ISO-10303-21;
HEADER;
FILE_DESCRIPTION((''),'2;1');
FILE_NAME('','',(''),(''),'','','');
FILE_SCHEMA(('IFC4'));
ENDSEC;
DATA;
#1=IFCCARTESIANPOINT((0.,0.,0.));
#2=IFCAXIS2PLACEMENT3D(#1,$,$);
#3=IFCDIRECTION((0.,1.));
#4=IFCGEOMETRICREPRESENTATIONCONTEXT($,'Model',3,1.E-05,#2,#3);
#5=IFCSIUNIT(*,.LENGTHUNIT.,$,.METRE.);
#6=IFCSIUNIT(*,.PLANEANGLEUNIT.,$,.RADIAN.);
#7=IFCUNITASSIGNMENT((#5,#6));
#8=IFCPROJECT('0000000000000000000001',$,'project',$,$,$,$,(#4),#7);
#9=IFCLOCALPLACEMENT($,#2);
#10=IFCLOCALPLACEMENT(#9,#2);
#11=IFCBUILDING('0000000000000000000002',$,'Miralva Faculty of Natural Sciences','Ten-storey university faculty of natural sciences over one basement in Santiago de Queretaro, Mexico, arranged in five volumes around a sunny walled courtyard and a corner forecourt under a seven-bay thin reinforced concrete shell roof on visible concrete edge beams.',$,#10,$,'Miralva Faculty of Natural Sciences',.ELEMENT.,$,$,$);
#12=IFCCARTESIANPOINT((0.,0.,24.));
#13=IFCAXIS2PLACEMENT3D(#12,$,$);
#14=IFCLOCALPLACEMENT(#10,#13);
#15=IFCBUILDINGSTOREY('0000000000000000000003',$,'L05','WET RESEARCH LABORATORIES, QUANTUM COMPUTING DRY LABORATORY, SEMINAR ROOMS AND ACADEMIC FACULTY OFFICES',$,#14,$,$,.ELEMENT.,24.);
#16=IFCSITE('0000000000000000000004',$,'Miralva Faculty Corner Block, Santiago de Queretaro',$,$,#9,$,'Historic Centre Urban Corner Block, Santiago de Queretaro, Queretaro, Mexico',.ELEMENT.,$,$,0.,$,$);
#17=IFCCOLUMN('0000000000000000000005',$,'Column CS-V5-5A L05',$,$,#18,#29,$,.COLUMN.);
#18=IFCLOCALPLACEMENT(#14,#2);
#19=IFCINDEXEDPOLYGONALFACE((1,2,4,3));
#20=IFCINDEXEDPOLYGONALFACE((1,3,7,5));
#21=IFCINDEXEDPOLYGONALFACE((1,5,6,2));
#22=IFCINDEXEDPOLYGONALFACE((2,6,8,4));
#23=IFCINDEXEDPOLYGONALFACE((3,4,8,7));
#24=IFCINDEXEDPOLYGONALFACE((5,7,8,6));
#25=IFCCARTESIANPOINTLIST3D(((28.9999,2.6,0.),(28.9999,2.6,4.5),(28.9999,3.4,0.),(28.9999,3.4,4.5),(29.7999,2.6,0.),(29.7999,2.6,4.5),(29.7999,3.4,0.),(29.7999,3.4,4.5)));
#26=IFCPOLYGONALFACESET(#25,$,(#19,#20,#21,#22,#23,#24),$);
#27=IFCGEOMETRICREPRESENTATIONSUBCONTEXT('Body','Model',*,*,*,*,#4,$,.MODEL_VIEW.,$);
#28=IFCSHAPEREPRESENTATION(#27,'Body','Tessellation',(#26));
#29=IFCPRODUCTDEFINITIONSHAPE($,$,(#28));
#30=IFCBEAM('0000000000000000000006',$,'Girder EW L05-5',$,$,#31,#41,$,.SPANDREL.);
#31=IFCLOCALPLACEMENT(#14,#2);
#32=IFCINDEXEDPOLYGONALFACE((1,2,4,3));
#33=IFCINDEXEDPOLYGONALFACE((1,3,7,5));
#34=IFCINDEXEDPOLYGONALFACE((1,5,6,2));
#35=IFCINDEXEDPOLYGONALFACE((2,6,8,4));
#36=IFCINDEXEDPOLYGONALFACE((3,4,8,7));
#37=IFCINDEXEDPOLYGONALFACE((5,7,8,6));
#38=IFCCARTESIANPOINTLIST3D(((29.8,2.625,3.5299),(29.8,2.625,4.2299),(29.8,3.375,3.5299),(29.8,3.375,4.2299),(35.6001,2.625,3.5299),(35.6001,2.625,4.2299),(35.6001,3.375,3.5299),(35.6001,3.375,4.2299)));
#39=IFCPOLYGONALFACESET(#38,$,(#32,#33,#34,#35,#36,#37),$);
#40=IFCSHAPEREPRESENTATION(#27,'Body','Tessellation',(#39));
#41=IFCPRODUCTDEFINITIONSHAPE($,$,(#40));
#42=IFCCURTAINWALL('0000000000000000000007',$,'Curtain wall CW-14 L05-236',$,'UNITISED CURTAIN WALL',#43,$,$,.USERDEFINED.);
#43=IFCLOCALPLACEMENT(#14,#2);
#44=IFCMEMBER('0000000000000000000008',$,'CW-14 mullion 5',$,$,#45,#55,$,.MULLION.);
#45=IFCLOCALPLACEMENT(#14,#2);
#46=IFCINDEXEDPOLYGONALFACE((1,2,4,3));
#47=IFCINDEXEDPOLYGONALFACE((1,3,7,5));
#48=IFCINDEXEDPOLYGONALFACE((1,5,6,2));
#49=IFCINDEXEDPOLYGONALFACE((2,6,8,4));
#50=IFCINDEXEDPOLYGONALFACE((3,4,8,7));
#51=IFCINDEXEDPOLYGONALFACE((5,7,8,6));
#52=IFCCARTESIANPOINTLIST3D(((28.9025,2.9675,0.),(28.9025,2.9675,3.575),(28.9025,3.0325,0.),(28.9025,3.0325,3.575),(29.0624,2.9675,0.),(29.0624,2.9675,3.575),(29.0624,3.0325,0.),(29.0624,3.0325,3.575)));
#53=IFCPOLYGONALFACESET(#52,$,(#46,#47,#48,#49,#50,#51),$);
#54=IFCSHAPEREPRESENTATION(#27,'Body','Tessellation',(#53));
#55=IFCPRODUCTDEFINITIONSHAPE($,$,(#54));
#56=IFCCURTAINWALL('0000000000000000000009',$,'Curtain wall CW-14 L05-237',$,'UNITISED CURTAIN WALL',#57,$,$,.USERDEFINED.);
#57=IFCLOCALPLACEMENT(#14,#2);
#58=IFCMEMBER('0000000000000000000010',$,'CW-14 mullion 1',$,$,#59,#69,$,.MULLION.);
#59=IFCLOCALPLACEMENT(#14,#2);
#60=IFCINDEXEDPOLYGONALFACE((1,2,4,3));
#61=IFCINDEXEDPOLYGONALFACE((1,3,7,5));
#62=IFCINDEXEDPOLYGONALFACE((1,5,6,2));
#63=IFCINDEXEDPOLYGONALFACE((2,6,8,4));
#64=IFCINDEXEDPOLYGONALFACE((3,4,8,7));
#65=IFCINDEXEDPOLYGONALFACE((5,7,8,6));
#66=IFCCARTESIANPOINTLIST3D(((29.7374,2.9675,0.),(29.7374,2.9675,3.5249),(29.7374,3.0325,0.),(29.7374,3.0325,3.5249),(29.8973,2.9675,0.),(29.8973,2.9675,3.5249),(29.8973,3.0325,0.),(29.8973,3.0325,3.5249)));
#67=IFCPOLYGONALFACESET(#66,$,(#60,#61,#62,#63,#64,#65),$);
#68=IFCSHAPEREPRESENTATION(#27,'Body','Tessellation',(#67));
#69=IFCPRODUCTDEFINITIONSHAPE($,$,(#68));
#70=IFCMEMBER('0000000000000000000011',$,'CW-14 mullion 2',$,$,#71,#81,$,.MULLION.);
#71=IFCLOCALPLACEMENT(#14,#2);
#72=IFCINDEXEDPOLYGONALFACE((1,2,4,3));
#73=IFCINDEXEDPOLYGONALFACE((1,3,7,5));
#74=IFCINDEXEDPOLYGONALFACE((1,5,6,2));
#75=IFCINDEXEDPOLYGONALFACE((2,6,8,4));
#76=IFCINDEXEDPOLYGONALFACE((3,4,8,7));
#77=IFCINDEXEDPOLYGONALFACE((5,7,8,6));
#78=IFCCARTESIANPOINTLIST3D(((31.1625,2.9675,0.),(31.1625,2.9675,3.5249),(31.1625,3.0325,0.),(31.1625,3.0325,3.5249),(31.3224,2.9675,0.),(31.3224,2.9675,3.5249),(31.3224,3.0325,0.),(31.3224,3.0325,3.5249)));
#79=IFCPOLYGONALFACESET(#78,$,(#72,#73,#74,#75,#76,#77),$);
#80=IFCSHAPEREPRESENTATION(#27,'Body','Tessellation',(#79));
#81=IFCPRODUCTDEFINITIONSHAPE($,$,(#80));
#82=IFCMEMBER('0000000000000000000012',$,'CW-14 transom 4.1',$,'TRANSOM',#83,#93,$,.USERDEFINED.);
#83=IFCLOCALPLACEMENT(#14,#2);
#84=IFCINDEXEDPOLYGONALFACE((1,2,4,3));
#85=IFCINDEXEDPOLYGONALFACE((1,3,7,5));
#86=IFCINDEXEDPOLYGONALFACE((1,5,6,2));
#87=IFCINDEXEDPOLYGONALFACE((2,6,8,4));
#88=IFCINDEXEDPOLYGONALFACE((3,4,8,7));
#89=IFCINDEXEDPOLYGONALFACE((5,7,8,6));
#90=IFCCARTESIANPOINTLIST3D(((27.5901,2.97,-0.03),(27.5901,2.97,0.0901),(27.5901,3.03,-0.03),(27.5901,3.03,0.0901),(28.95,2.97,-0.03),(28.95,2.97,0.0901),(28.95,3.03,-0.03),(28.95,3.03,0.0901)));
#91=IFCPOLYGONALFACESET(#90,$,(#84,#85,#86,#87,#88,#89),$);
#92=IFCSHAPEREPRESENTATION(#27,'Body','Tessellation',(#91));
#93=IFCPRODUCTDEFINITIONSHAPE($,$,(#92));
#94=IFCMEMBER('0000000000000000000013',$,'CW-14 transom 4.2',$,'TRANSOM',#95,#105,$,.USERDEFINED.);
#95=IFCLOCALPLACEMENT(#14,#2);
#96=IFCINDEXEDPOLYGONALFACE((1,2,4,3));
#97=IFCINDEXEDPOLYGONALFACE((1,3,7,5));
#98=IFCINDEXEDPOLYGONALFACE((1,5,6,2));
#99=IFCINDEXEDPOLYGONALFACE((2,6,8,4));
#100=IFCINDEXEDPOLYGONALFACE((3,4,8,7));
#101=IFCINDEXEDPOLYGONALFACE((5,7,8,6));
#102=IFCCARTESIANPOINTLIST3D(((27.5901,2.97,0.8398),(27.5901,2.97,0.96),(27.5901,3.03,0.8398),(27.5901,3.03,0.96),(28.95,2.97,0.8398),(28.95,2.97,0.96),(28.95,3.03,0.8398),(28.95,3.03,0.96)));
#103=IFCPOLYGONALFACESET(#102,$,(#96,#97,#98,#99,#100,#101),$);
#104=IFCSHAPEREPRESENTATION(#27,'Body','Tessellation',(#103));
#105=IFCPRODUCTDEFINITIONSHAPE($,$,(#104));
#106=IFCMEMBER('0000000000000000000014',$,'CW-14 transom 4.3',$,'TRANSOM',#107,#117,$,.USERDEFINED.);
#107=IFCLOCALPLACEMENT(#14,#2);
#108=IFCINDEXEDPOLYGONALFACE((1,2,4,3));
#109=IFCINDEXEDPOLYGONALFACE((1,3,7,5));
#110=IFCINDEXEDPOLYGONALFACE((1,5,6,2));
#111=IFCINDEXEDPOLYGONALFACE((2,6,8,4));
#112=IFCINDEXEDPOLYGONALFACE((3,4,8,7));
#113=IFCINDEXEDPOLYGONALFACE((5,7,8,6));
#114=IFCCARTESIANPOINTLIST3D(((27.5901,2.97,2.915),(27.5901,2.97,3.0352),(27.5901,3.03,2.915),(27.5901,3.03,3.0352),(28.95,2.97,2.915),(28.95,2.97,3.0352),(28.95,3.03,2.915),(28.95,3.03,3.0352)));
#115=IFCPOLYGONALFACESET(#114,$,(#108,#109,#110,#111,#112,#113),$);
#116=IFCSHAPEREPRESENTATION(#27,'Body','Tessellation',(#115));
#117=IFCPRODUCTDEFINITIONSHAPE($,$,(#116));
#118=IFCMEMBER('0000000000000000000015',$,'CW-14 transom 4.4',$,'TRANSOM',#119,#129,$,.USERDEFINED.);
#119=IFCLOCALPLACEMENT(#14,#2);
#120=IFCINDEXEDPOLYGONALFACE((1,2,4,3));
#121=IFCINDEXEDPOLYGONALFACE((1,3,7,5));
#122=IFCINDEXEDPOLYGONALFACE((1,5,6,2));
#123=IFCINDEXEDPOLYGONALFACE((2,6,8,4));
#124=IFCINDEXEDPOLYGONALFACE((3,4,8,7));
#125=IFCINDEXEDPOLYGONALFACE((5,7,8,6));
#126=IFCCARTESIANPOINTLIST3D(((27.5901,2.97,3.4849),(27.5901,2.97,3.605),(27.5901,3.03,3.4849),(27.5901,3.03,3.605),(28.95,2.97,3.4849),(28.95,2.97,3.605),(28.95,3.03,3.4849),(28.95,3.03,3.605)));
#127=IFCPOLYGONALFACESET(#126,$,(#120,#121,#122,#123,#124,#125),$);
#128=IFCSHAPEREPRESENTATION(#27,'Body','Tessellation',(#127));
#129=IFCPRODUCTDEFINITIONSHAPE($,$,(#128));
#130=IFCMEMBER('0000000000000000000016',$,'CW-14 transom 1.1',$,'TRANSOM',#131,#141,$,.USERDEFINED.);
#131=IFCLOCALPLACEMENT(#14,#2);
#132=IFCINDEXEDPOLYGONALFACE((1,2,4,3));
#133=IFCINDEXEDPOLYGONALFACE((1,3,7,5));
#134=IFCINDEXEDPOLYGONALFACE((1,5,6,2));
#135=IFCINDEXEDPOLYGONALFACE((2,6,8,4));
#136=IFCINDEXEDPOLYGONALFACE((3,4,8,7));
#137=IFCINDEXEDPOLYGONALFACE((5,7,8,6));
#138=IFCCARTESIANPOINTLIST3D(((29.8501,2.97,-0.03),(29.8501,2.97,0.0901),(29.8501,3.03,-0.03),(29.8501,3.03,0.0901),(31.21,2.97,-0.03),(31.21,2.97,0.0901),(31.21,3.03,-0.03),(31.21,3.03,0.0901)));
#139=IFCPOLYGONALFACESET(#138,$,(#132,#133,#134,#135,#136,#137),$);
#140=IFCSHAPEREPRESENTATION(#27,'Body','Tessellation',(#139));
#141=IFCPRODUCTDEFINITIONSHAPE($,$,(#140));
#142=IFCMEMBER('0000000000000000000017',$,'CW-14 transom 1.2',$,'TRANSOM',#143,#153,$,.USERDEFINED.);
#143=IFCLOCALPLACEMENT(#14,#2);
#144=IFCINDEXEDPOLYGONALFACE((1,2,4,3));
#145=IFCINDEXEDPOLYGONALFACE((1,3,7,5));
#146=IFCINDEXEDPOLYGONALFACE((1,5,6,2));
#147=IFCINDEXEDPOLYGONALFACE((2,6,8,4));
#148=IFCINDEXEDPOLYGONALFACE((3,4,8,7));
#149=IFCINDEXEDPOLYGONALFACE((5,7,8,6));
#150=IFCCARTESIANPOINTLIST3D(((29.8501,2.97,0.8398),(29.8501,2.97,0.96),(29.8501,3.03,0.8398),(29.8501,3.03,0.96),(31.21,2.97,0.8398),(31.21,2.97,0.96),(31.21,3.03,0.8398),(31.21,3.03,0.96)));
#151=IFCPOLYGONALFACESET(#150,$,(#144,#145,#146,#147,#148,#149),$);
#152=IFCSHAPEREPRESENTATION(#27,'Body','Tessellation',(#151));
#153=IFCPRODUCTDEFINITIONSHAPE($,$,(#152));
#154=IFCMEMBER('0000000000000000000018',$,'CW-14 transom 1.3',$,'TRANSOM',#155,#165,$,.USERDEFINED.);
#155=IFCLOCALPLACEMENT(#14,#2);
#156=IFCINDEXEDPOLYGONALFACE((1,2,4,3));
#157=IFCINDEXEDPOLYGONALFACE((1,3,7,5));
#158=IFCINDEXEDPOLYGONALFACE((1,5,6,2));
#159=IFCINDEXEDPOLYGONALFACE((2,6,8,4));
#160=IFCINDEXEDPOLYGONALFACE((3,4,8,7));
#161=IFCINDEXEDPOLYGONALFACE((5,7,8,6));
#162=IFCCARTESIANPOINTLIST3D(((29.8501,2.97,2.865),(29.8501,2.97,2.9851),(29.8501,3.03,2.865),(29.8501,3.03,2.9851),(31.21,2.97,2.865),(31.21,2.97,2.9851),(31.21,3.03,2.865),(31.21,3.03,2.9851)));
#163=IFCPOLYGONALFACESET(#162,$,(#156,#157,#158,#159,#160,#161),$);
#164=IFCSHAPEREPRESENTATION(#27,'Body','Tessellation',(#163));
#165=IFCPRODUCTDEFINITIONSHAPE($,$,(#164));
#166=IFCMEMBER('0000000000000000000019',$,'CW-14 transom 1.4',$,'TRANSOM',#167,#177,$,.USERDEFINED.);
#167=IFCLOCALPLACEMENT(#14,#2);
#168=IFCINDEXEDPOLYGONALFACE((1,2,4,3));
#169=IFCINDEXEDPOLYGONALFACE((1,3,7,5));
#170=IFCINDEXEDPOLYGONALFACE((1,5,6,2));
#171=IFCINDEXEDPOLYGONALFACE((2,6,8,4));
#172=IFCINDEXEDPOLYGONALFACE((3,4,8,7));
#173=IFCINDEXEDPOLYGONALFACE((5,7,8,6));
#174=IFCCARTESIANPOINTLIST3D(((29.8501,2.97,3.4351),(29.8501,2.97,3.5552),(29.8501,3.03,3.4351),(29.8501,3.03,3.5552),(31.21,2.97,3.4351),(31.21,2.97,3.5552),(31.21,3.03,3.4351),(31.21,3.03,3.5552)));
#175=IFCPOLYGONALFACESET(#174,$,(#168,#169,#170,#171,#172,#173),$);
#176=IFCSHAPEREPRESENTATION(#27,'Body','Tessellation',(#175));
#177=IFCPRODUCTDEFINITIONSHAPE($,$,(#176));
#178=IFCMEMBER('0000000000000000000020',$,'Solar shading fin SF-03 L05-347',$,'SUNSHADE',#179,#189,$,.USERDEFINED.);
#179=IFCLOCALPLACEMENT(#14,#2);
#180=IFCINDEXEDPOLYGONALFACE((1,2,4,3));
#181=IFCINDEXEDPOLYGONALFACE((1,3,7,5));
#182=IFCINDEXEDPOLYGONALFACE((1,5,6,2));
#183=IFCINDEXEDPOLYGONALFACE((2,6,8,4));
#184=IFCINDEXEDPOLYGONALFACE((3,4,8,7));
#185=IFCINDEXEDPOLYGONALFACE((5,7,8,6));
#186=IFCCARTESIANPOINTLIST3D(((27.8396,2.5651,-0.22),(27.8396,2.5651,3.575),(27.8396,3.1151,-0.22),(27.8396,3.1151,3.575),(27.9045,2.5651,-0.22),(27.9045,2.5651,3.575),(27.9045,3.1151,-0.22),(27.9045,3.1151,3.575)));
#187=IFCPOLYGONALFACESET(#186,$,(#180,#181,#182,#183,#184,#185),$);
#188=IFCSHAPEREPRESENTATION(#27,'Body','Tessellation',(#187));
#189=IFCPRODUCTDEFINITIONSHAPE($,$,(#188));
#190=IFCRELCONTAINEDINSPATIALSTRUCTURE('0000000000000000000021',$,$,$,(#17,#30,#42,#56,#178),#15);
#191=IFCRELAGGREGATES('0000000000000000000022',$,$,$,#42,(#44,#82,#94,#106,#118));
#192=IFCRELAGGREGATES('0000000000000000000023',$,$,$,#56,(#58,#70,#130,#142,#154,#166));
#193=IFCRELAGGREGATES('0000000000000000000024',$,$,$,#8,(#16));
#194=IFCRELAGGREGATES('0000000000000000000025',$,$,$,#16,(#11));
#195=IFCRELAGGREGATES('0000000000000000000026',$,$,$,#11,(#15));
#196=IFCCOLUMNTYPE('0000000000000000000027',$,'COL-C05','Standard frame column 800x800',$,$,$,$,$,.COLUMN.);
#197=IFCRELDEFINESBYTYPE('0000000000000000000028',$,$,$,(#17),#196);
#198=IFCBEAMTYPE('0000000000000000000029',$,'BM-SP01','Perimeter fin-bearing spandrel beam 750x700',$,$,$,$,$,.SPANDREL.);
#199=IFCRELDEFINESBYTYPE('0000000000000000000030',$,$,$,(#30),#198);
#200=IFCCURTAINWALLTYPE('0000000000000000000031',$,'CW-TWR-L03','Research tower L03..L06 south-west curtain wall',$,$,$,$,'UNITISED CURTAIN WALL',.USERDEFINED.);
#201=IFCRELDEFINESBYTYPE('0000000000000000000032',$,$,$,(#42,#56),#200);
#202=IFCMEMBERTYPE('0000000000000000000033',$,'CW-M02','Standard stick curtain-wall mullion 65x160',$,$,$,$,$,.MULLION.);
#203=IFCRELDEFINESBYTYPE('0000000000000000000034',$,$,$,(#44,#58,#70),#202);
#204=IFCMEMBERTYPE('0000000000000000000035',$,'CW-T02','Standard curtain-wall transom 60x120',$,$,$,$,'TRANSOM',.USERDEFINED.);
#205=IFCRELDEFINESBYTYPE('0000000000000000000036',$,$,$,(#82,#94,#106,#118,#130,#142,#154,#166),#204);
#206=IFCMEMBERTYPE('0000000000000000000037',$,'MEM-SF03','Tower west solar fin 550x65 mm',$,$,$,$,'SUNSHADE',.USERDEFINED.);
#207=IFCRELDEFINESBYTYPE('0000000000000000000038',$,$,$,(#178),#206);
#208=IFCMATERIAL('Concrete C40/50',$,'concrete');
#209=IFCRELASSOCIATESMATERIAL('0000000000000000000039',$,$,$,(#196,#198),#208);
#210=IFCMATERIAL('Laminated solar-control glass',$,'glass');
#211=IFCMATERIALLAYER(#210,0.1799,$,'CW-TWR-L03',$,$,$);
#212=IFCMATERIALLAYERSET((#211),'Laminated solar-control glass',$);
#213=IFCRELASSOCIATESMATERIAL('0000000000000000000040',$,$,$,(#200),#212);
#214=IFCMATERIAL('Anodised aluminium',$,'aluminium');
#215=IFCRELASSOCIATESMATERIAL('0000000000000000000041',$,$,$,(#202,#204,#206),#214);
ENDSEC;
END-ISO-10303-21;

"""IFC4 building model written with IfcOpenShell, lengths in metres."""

from ifc_helpers import new_model, si_unit, direction, frame, origin, origin_2d, place, context, subcontext, project, spatial, rectangle, extrude, material, layer, layer_set, material_profile, profile_set, type_object, element, aggregate, save


model = new_model("IFC4")

# Units and contexts
model_context = context("Model", 3, precision=1e-05, world=origin(), true_north=direction((0.0, 1.0)))
body_context = subcontext(model_context, "Body", "Model", "MODEL_VIEW")
ifc_project = project(units=[si_unit("LENGTHUNIT", "METRE"), si_unit("PLANEANGLEUNIT", "RADIAN")], contexts=[model_context])

# Site, building, storey
site_placement = place(None, origin())
site = spatial("IfcSite", under=ifc_project, at=site_placement, Name="Miralva Faculty Corner Block, Santiago de Queretaro", LongName="Historic Centre Urban Corner Block, Santiago de Queretaro, Queretaro, Mexico", CompositionType="ELEMENT", RefElevation=0.0)
building_placement = place(site_placement, origin())
building = spatial("IfcBuilding", under=site, at=building_placement, Name="Miralva Faculty of Natural Sciences", Description="Ten-storey university faculty of natural sciences over one basement in Santiago de Queretaro, Mexico, arranged in five volumes around a sunny walled courtyard and a corner forecourt under a seven-bay thin reinforced concrete shell roof on visible concrete edge beams.", LongName="Miralva Faculty of Natural Sciences", CompositionType="ELEMENT")
storey_placement = place(building_placement, frame((0.0, 0.0, 24.0)))
storey = spatial("IfcBuildingStorey", under=building, at=storey_placement, Name="L05", Description="WET RESEARCH LABORATORIES, QUANTUM COMPUTING DRY LABORATORY, SEMINAR ROOMS AND ACADEMIC FACULTY OFFICES", CompositionType="ELEMENT", Elevation=24.0)

# Column
ifc_material_1 = material(Name="Concrete C40/50", Category="concrete")
ifc_material_profile_1 = material_profile(ifc_material_1, rectangle(XDim=0.8, YDim=0.8, at=origin_2d()), Name="RC 800x800")
ifc_profile_set_1 = profile_set([ifc_material_profile_1], Name="Concrete C40/50")
column_type = type_object("IfcColumnType", Name="COL-C05", Description="Standard frame column 800x800", PredefinedType="COLUMN", material=ifc_profile_set_1)
column_placement = place(storey_placement, frame((29.3999, 3.0, 0.0), z_axis=(0.0, 0.0, 1.0), x_axis=(1.0, 0.0, 0.0)))
element("IfcColumn", 1, at=column_placement, inside=storey, type_object=column_type, Name="Column CS-V5-5A L05", PredefinedType="COLUMN", context=body_context, shape_type="SweptSolid", body=[
    extrude(rectangle(XDim=0.8, YDim=0.8, at=origin_2d()), origin(), (0.0, 0.0, 1.0), 4.5),
])

# Beam
ifc_material_profile_2 = material_profile(ifc_material_1, rectangle(XDim=0.75, YDim=0.7, at=origin_2d()), Name="RC 750x700")
ifc_profile_set_2 = profile_set([ifc_material_profile_2], Name="Concrete C40/50")
beam_type = type_object("IfcBeamType", Name="BM-SP01", Description="Perimeter fin-bearing spandrel beam 750x700", PredefinedType="SPANDREL", material=ifc_profile_set_2)
beam_placement = place(storey_placement, frame((29.8, 3.0, 3.8799), z_axis=(1.0, 0.0, 0.0), x_axis=(0.0, 1.0, 0.0)))
element("IfcBeam", 2, at=beam_placement, inside=storey, type_object=beam_type, Name="Girder EW L05-5", PredefinedType="SPANDREL", context=body_context, shape_type="SweptSolid", body=[
    extrude(rectangle(XDim=0.75, YDim=0.7, at=origin_2d()), origin(), (0.0, 0.0, 1.0), 5.8),
])

# Curtain wall, member
ifc_material_2 = material(Name="Laminated solar-control glass", Category="glass")
ifc_layer_1 = layer(ifc_material_2, 0.1799, Name="CW-TWR-L03")
ifc_layer_set_1 = layer_set([ifc_layer_1], Name="Laminated solar-control glass")
curtain_wall_type = type_object("IfcCurtainWallType", Name="CW-TWR-L03", Description="Research tower L03..L06 south-west curtain wall", ElementType="UNITISED CURTAIN WALL", PredefinedType="USERDEFINED", material=ifc_layer_set_1)
curtain_wall_1_placement = place(storey_placement, origin())
curtain_wall_1 = element("IfcCurtainWall", 3, at=curtain_wall_1_placement, inside=storey, type_object=curtain_wall_type, Name="Curtain wall CW-14 L05-236", ObjectType="UNITISED CURTAIN WALL", PredefinedType="USERDEFINED")
ifc_material_3 = material(Name="Anodised aluminium", Category="aluminium")
ifc_material_profile_3 = material_profile(ifc_material_3, rectangle(XDim=0.0649, YDim=0.1599, at=origin_2d()), Name="MULLION 65x160")
ifc_profile_set_3 = profile_set([ifc_material_profile_3], Name="Anodised aluminium")
member_type_1 = type_object("IfcMemberType", Name="CW-M02", Description="Standard stick curtain-wall mullion 65x160", PredefinedType="MULLION", material=ifc_profile_set_3)
member_1_placement = place(storey_placement, frame((28.9824, 3.0, 0.0), z_axis=(0.0, 0.0, 1.0), x_axis=(0.0, 1.0, 0.0)))
member_1 = element("IfcMember", 4, at=member_1_placement, type_object=member_type_1, Name="CW-14 mullion 5", PredefinedType="MULLION", context=body_context, shape_type="SweptSolid", body=[
    extrude(rectangle(XDim=0.0649, YDim=0.1599, at=origin_2d()), origin(), (0.0, 0.0, 1.0), 3.575),
])

# Curtain wall, members
curtain_wall_2_placement = place(storey_placement, origin())
curtain_wall_2 = element("IfcCurtainWall", 5, at=curtain_wall_2_placement, inside=storey, type_object=curtain_wall_type, Name="Curtain wall CW-14 L05-237", ObjectType="UNITISED CURTAIN WALL", PredefinedType="USERDEFINED")
member_2_placement = place(storey_placement, frame((29.8174, 3.0, 0.0), z_axis=(0.0, 0.0, 1.0), x_axis=(0.0, 1.0, 0.0)))
member_2 = element("IfcMember", 6, at=member_2_placement, type_object=member_type_1, Name="CW-14 mullion 1", PredefinedType="MULLION", context=body_context, shape_type="SweptSolid", body=[
    extrude(rectangle(XDim=0.0649, YDim=0.1599, at=origin_2d()), origin(), (0.0, 0.0, 1.0), 3.5249),
])
member_3_placement = place(storey_placement, frame((31.2424, 3.0, 0.0), z_axis=(0.0, 0.0, 1.0), x_axis=(0.0, 1.0, 0.0)))
member_3 = element("IfcMember", 7, at=member_3_placement, type_object=member_type_1, Name="CW-14 mullion 2", PredefinedType="MULLION", context=body_context, shape_type="SweptSolid", body=[
    extrude(rectangle(XDim=0.0649, YDim=0.1599, at=origin_2d()), origin(), (0.0, 0.0, 1.0), 3.5249),
])

# Members
ifc_material_profile_4 = material_profile(ifc_material_3, rectangle(XDim=0.0601, YDim=0.1201, at=origin_2d()), Name="TRANSOM 60x120")
ifc_profile_set_4 = profile_set([ifc_material_profile_4], Name="Anodised aluminium")
member_type_2 = type_object("IfcMemberType", Name="CW-T02", Description="Standard curtain-wall transom 60x120", ElementType="TRANSOM", PredefinedType="USERDEFINED", material=ifc_profile_set_4)
member_4_placement = place(storey_placement, frame((27.5901, 3.0, 0.03), z_axis=(1.0, 0.0, 0.0), x_axis=(0.0, 1.0, 0.0)))
member_4 = element("IfcMember", 8, at=member_4_placement, type_object=member_type_2, Name="CW-14 transom 4.1", ObjectType="TRANSOM", PredefinedType="USERDEFINED", context=body_context, shape_type="SweptSolid", body=[
    extrude(rectangle(XDim=0.0601, YDim=0.1201, at=origin_2d()), origin(), (0.0, 0.0, 1.0), 1.3599),
])
member_5_placement = place(storey_placement, frame((27.5901, 3.0, 0.8999), z_axis=(1.0, 0.0, 0.0), x_axis=(0.0, 1.0, 0.0)))
member_5 = element("IfcMember", 9, at=member_5_placement, type_object=member_type_2, Name="CW-14 transom 4.2", ObjectType="TRANSOM", PredefinedType="USERDEFINED", context=body_context, shape_type="SweptSolid", body=[
    extrude(rectangle(XDim=0.0601, YDim=0.1201, at=origin_2d()), origin(), (0.0, 0.0, 1.0), 1.3599),
])
member_6_placement = place(storey_placement, frame((27.5901, 3.0, 2.9751), z_axis=(1.0, 0.0, 0.0), x_axis=(0.0, 1.0, 0.0)))
member_6 = element("IfcMember", 10, at=member_6_placement, type_object=member_type_2, Name="CW-14 transom 4.3", ObjectType="TRANSOM", PredefinedType="USERDEFINED", context=body_context, shape_type="SweptSolid", body=[
    extrude(rectangle(XDim=0.0601, YDim=0.1201, at=origin_2d()), origin(), (0.0, 0.0, 1.0), 1.3599),
])
member_7_placement = place(storey_placement, frame((27.5901, 3.0, 3.5449), z_axis=(1.0, 0.0, 0.0), x_axis=(0.0, 1.0, 0.0)))
member_7 = element("IfcMember", 11, at=member_7_placement, type_object=member_type_2, Name="CW-14 transom 4.4", ObjectType="TRANSOM", PredefinedType="USERDEFINED", context=body_context, shape_type="SweptSolid", body=[
    extrude(rectangle(XDim=0.0601, YDim=0.1201, at=origin_2d()), origin(), (0.0, 0.0, 1.0), 1.3599),
])
member_8_placement = place(storey_placement, frame((29.8501, 3.0, 0.03), z_axis=(1.0, 0.0, 0.0), x_axis=(0.0, 1.0, 0.0)))
member_8 = element("IfcMember", 12, at=member_8_placement, type_object=member_type_2, Name="CW-14 transom 1.1", ObjectType="TRANSOM", PredefinedType="USERDEFINED", context=body_context, shape_type="SweptSolid", body=[
    extrude(rectangle(XDim=0.0601, YDim=0.1201, at=origin_2d()), origin(), (0.0, 0.0, 1.0), 1.3599),
])
member_9_placement = place(storey_placement, frame((29.8501, 3.0, 0.8999), z_axis=(1.0, 0.0, 0.0), x_axis=(0.0, 1.0, 0.0)))
member_9 = element("IfcMember", 13, at=member_9_placement, type_object=member_type_2, Name="CW-14 transom 1.2", ObjectType="TRANSOM", PredefinedType="USERDEFINED", context=body_context, shape_type="SweptSolid", body=[
    extrude(rectangle(XDim=0.0601, YDim=0.1201, at=origin_2d()), origin(), (0.0, 0.0, 1.0), 1.3599),
])
member_10_placement = place(storey_placement, frame((29.8501, 3.0, 2.925), z_axis=(1.0, 0.0, 0.0), x_axis=(0.0, 1.0, 0.0)))
member_10 = element("IfcMember", 14, at=member_10_placement, type_object=member_type_2, Name="CW-14 transom 1.3", ObjectType="TRANSOM", PredefinedType="USERDEFINED", context=body_context, shape_type="SweptSolid", body=[
    extrude(rectangle(XDim=0.0601, YDim=0.1201, at=origin_2d()), origin(), (0.0, 0.0, 1.0), 1.3599),
])
member_11_placement = place(storey_placement, frame((29.8501, 3.0, 3.4951), z_axis=(1.0, 0.0, 0.0), x_axis=(0.0, 1.0, 0.0)))
member_11 = element("IfcMember", 15, at=member_11_placement, type_object=member_type_2, Name="CW-14 transom 1.4", ObjectType="TRANSOM", PredefinedType="USERDEFINED", context=body_context, shape_type="SweptSolid", body=[
    extrude(rectangle(XDim=0.0601, YDim=0.1201, at=origin_2d()), origin(), (0.0, 0.0, 1.0), 1.3599),
])

# Member
ifc_material_profile_5 = material_profile(ifc_material_3, rectangle(XDim=0.0649, YDim=0.55, at=origin_2d()), Name="FIN 550x65")
ifc_profile_set_5 = profile_set([ifc_material_profile_5], Name="Anodised aluminium")
member_type_3 = type_object("IfcMemberType", Name="MEM-SF03", Description="Tower west solar fin 550x65 mm", ElementType="SUNSHADE", PredefinedType="USERDEFINED", material=ifc_profile_set_5)
member_12_placement = place(storey_placement, frame((27.8721, 2.8401, -0.22), z_axis=(0.0, 0.0, 1.0), x_axis=(1.0, 0.0, 0.0)))
element("IfcMember", 16, at=member_12_placement, inside=storey, type_object=member_type_3, Name="Solar shading fin SF-03 L05-347", ObjectType="SUNSHADE", PredefinedType="USERDEFINED", context=body_context, shape_type="SweptSolid", body=[
    extrude(rectangle(XDim=0.0649, YDim=0.55, at=origin_2d()), origin(), (0.0, 0.0, 1.0), 3.7949),
])

aggregate(curtain_wall_1, [member_1, member_4, member_5, member_6, member_7])
aggregate(curtain_wall_2, [member_2, member_3, member_8, member_9, member_10, member_11])

save(model, "model.ifc")
